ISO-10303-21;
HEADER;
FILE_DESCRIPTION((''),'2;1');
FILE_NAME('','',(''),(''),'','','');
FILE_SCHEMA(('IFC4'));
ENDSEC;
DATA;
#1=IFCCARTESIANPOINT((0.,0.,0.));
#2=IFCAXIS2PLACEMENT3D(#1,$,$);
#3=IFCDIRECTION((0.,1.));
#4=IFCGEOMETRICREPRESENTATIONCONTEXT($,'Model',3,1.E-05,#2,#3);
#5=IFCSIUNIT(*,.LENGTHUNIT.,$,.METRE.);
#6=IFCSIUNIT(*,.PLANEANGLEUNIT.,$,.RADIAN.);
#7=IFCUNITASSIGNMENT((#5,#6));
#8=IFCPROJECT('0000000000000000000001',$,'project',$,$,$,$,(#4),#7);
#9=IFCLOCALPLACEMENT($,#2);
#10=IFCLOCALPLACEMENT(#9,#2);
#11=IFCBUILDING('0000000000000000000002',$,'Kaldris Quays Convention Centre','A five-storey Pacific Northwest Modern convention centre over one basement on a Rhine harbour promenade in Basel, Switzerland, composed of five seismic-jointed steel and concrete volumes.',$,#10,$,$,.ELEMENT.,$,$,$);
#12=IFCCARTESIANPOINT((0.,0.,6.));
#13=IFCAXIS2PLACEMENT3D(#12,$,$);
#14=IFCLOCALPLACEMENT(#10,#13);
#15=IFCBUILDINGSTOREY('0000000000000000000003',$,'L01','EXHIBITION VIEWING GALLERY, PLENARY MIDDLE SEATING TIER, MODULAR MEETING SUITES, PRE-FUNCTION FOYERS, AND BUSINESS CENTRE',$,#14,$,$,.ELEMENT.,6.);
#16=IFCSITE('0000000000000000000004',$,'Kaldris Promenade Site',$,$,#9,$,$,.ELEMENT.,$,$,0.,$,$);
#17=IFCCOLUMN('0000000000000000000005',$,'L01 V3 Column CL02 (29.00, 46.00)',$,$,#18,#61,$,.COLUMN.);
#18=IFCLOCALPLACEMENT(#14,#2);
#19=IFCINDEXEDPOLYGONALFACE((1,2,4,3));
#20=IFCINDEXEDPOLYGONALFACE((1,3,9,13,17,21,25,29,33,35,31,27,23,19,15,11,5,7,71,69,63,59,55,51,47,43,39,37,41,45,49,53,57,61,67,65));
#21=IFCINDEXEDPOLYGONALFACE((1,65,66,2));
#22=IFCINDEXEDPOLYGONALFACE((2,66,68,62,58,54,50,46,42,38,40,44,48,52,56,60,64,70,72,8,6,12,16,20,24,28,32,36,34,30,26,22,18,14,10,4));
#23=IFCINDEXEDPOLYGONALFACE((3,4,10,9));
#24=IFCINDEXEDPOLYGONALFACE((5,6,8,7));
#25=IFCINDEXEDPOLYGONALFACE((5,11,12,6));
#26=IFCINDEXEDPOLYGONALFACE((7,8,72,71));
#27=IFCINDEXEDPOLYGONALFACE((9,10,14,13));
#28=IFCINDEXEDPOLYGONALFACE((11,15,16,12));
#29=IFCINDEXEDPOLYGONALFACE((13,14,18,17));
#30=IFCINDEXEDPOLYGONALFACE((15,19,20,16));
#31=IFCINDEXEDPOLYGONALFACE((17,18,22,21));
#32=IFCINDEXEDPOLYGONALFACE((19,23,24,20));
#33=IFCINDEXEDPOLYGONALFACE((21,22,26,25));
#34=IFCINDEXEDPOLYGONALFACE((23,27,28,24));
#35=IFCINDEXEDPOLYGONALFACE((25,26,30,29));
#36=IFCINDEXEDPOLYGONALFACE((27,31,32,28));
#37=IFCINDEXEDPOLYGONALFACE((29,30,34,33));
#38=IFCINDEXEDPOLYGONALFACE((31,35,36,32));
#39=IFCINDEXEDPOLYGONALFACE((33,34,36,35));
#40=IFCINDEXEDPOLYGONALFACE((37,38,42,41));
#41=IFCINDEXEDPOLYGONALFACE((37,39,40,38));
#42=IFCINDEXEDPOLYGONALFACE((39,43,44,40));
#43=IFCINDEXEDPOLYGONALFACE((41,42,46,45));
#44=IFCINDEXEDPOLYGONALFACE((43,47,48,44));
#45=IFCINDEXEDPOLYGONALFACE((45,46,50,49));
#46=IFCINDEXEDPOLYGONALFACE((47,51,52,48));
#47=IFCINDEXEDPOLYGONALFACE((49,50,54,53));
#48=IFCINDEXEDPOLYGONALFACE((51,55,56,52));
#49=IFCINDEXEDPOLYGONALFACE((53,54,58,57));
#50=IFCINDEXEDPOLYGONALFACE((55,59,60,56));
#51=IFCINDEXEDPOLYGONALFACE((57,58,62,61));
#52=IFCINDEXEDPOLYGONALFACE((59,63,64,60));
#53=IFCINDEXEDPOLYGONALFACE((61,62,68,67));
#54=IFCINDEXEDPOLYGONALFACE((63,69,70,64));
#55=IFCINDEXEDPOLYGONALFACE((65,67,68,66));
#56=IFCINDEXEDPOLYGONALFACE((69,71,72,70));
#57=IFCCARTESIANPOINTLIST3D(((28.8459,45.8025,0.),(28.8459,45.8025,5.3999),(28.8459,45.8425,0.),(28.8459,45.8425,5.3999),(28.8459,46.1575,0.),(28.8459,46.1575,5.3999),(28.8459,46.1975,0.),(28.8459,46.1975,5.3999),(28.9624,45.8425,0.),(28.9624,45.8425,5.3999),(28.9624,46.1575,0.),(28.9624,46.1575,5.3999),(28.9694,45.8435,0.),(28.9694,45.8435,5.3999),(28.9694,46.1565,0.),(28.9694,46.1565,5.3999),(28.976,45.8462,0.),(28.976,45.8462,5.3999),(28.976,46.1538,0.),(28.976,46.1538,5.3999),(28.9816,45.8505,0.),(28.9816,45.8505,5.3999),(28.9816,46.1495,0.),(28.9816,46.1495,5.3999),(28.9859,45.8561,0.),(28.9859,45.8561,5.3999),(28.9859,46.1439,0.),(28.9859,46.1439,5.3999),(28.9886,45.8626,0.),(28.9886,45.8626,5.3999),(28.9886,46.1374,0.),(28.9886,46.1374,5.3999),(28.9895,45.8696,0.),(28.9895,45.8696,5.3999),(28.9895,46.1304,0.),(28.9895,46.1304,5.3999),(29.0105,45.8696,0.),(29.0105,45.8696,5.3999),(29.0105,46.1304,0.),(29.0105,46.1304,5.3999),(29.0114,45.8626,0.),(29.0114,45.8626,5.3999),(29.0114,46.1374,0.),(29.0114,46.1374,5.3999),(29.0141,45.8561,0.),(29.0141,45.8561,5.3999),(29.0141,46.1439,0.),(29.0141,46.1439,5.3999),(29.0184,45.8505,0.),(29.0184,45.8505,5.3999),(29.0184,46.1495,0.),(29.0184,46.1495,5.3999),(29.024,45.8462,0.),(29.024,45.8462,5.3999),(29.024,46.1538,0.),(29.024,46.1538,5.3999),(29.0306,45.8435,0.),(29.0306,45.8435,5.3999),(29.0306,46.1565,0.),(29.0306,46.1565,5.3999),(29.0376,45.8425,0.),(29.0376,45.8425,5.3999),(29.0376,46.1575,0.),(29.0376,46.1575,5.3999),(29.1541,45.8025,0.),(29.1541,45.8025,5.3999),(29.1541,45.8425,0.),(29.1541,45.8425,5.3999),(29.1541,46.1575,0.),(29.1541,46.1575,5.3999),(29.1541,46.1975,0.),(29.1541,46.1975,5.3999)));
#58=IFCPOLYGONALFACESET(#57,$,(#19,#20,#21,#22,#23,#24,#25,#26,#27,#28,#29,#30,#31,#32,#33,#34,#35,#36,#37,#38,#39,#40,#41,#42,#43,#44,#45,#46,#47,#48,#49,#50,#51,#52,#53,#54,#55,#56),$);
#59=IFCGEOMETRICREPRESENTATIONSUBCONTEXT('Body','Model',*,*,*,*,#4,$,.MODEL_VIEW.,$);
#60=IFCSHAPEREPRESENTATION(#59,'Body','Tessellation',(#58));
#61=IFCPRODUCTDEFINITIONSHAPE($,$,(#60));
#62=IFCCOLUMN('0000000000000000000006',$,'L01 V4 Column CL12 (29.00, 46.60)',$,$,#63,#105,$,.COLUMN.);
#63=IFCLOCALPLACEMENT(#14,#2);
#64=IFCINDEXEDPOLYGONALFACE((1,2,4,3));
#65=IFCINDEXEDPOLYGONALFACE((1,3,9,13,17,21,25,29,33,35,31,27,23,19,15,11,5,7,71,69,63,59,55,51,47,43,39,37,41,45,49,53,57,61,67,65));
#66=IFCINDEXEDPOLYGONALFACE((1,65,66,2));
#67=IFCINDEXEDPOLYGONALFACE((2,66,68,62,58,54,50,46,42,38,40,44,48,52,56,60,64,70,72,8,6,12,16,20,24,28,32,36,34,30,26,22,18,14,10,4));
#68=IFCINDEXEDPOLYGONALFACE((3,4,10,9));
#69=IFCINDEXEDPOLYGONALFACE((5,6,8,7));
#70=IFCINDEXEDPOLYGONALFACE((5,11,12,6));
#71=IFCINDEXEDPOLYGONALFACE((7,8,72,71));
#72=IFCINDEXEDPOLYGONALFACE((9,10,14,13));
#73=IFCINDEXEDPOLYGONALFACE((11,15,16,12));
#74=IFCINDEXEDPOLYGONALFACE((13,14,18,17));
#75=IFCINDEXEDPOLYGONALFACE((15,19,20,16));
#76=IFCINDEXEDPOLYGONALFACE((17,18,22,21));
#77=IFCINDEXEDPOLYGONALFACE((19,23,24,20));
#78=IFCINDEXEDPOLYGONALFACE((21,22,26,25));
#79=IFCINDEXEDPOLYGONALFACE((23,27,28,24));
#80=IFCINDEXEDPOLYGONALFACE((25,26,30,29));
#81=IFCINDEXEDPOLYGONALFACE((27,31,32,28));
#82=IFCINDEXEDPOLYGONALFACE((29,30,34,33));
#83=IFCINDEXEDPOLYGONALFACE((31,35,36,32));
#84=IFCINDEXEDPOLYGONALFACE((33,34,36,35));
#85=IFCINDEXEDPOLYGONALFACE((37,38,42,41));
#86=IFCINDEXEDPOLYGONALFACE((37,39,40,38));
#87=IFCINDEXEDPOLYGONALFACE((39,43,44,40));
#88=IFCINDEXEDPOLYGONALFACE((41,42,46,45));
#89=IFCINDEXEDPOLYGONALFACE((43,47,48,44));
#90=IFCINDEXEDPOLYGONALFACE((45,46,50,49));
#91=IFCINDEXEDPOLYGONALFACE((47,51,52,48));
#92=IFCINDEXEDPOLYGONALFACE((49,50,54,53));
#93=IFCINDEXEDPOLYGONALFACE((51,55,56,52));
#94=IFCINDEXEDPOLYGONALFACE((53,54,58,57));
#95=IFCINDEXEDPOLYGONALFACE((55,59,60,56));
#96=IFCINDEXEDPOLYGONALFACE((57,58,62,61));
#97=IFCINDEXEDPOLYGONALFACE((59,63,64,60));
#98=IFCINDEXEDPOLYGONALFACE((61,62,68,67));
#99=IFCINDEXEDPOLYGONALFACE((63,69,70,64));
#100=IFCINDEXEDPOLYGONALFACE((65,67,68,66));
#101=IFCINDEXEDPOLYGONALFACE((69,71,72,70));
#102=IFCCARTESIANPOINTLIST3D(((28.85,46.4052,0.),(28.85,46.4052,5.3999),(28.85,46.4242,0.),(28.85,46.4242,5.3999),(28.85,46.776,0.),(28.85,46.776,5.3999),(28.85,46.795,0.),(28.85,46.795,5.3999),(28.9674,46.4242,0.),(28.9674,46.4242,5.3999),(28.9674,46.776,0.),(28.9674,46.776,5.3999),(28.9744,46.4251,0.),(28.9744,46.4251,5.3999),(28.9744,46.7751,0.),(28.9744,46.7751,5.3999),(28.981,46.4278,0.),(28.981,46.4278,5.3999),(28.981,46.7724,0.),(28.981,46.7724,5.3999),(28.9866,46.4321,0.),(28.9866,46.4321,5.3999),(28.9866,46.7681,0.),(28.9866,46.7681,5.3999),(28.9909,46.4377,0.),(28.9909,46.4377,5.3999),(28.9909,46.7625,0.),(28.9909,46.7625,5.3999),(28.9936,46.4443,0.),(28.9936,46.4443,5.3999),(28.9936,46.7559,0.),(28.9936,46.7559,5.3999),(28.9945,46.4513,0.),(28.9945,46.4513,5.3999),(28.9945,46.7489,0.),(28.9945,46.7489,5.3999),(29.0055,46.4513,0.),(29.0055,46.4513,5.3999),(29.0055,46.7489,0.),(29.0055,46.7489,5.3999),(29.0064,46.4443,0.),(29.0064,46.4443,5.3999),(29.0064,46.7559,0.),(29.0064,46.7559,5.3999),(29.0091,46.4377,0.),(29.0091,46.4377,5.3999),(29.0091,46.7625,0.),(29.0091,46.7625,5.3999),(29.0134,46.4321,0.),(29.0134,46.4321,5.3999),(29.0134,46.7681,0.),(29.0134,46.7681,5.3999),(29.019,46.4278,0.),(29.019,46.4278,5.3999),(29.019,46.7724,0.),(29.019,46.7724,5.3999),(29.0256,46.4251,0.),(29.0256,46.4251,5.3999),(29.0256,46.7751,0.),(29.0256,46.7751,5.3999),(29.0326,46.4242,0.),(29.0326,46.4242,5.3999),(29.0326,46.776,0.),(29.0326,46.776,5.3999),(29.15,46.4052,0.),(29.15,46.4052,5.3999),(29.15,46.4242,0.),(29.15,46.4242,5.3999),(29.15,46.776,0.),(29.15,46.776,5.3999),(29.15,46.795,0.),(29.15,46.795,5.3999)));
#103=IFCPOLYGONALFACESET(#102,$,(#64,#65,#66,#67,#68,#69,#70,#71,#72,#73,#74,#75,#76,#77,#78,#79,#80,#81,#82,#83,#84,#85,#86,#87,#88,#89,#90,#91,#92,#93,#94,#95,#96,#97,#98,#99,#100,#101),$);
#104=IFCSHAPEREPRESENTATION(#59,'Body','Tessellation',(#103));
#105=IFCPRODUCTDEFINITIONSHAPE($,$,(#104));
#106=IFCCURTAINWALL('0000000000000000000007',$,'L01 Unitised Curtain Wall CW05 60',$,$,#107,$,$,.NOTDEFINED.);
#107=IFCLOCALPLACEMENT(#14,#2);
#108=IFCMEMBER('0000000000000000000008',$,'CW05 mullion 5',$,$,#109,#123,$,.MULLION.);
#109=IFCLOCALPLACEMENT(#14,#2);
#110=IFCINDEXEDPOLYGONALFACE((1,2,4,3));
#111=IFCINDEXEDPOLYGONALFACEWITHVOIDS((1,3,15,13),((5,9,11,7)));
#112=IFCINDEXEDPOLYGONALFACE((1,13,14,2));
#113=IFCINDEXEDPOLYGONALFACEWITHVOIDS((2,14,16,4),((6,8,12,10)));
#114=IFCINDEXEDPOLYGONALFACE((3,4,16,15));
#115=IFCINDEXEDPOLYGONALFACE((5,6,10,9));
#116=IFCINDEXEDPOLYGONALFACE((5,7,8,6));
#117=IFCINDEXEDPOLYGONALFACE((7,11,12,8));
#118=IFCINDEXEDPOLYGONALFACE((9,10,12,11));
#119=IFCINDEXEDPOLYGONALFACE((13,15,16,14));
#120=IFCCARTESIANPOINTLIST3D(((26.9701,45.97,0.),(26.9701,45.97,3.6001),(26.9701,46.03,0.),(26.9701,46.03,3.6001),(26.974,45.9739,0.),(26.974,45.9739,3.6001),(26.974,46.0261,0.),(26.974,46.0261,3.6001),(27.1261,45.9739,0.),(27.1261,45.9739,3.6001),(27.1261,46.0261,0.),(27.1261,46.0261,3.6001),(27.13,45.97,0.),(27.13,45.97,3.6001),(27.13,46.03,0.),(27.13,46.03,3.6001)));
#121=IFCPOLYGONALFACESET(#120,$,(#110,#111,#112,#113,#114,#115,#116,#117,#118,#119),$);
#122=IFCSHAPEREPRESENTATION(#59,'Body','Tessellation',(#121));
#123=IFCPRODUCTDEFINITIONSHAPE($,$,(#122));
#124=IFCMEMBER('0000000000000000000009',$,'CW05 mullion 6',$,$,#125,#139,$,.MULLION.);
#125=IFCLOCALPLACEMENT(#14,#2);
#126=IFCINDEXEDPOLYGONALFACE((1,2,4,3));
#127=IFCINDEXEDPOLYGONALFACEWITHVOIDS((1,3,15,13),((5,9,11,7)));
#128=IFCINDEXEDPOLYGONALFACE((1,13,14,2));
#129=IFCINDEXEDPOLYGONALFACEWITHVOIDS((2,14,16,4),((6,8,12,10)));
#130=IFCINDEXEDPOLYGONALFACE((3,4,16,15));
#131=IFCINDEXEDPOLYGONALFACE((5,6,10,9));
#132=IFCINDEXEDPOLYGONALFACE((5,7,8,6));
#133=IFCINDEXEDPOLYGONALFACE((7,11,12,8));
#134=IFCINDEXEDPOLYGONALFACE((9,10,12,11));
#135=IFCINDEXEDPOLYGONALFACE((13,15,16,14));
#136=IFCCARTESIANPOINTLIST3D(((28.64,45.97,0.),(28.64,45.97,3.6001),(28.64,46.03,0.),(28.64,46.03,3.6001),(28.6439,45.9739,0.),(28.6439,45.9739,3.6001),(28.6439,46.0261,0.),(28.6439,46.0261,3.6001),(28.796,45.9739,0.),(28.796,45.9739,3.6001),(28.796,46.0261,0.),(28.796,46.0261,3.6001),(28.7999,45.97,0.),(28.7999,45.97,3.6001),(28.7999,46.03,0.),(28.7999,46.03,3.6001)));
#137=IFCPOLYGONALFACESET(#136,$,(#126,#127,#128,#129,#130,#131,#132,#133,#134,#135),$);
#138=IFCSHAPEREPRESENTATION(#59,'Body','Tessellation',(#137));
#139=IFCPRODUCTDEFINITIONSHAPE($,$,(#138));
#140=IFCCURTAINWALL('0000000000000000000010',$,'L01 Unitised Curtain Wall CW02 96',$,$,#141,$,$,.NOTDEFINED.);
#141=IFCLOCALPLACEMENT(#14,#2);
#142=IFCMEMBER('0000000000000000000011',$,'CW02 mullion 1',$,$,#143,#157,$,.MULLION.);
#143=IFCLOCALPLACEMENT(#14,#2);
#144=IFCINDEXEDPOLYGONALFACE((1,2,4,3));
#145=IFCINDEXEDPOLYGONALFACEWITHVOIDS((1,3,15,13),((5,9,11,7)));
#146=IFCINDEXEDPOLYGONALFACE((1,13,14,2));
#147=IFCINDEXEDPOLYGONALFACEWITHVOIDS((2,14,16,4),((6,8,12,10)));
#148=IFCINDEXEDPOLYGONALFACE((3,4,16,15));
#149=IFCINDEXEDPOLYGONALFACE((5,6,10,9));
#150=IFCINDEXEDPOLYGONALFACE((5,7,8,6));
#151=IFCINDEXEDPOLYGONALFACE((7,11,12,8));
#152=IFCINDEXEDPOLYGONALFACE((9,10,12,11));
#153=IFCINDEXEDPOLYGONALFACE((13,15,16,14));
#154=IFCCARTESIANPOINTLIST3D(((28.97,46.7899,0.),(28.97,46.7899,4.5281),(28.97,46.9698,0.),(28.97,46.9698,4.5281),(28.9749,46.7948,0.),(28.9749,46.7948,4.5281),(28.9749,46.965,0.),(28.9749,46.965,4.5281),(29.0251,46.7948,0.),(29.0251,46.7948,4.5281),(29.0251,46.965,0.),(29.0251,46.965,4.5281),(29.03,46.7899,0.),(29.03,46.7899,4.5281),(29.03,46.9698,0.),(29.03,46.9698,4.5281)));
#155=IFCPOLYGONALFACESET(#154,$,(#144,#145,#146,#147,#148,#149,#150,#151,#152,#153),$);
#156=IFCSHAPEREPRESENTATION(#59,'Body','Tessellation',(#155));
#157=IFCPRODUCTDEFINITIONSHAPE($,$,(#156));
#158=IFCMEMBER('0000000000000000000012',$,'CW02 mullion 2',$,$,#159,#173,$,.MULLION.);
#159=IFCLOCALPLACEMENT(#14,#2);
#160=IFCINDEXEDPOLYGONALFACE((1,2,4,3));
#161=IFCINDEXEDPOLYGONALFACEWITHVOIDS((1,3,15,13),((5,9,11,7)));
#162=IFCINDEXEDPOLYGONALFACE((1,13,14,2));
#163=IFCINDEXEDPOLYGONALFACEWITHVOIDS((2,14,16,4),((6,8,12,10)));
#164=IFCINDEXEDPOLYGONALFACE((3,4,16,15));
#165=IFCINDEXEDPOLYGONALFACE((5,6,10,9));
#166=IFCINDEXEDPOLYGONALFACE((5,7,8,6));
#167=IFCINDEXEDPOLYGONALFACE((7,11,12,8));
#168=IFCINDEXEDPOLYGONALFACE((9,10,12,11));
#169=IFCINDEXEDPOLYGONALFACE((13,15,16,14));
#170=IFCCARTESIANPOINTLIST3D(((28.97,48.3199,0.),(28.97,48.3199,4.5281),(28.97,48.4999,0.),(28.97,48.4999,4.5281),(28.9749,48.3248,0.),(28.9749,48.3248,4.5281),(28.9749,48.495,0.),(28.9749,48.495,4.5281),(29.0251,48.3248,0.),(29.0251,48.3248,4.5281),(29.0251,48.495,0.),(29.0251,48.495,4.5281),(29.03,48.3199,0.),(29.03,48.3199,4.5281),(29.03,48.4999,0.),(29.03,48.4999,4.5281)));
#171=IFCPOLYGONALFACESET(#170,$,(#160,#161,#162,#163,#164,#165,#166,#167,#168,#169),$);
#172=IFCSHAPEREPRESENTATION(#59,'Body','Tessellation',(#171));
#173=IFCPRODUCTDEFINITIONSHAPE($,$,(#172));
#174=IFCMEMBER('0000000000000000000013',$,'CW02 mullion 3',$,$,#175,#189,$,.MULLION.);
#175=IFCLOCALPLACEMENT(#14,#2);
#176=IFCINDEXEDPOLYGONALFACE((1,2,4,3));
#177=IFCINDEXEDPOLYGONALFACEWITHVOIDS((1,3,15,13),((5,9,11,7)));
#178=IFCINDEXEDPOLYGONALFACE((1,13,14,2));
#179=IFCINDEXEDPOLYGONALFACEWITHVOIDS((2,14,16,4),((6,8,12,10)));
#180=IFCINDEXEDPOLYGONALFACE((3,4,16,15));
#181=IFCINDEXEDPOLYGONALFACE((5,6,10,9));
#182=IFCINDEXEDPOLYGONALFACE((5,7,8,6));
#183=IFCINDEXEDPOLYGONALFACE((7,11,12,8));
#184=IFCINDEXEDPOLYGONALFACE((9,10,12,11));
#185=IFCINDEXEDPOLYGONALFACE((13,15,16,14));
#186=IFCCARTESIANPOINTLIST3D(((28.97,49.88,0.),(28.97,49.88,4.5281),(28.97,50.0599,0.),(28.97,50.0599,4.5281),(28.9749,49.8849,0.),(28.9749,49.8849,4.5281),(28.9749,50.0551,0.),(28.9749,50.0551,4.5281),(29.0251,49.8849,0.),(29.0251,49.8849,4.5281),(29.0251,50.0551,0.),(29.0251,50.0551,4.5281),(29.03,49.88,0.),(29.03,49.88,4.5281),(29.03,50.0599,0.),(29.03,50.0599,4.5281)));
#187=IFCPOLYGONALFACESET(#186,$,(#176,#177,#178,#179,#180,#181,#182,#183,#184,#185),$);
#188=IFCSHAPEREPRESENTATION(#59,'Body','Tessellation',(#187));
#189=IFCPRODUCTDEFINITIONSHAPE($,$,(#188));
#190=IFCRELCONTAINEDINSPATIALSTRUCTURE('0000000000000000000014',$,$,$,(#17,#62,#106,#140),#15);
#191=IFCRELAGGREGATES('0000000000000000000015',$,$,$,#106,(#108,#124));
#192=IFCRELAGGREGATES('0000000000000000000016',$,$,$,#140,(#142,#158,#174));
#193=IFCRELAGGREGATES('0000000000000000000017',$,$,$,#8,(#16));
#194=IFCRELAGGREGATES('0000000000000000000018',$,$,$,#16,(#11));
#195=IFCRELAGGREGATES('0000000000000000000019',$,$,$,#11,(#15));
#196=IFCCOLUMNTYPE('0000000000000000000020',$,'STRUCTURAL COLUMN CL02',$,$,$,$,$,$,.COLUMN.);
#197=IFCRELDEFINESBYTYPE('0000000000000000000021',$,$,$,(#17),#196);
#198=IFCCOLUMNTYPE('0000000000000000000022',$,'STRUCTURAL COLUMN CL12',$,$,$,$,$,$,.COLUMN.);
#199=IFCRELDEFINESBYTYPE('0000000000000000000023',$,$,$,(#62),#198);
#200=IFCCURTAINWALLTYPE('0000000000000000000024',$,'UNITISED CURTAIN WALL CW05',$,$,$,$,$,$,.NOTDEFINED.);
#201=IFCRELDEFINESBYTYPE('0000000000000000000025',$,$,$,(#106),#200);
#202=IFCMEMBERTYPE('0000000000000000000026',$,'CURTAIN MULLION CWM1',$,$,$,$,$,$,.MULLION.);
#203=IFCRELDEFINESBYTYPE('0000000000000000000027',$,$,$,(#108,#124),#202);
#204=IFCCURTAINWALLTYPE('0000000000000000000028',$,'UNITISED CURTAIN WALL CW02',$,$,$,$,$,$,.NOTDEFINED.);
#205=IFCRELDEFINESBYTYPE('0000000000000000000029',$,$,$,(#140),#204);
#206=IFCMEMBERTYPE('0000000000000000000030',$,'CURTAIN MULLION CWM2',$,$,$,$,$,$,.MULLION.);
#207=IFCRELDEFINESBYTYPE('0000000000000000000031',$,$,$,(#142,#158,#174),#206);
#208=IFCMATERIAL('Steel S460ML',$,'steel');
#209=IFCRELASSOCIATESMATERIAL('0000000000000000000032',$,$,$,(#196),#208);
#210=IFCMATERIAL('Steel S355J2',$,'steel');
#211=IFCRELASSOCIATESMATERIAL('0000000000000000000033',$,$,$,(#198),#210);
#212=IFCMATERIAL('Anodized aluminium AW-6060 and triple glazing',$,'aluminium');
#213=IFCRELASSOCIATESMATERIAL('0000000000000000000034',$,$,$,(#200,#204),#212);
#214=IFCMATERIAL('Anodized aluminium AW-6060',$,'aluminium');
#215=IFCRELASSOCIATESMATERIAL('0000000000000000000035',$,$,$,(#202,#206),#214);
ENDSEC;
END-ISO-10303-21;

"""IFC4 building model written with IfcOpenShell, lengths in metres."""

from ifc_helpers import new_model, si_unit, direction, frame, origin, origin_2d, place, context, subcontext, project, spatial, hollow_rectangle, i_section, extrude, material, material_profile, profile_set, type_object, element, aggregate, save


model = new_model("IFC4")

# Units and contexts
model_context = context("Model", 3, precision=1e-05, world=origin(), true_north=direction((0.0, 1.0)))
body_context = subcontext(model_context, "Body", "Model", "MODEL_VIEW")
ifc_project = project(units=[si_unit("LENGTHUNIT", "METRE"), si_unit("PLANEANGLEUNIT", "RADIAN")], contexts=[model_context])

# Site, building, storey
site_placement = place(None, origin())
site = spatial("IfcSite", under=ifc_project, at=site_placement, Name="Kaldris Promenade Site", CompositionType="ELEMENT", RefElevation=0.0)
building_placement = place(site_placement, origin())
building = spatial("IfcBuilding", under=site, at=building_placement, Name="Kaldris Quays Convention Centre", Description="A five-storey Pacific Northwest Modern convention centre over one basement on a Rhine harbour promenade in Basel, Switzerland, composed of five seismic-jointed steel and concrete volumes.", CompositionType="ELEMENT")
storey_placement = place(building_placement, frame((0.0, 0.0, 6.0)))
storey = spatial("IfcBuildingStorey", under=building, at=storey_placement, Name="L01", Description="EXHIBITION VIEWING GALLERY, PLENARY MIDDLE SEATING TIER, MODULAR MEETING SUITES, PRE-FUNCTION FOYERS, AND BUSINESS CENTRE", CompositionType="ELEMENT", Elevation=6.0)

# Columns
ifc_material_1 = material(Name="Steel S460ML", Category="steel")
ifc_material_profile_1 = material_profile(ifc_material_1, i_section(OverallWidth=0.3081, OverallDepth=0.395, WebThickness=0.021, FlangeThickness=0.04, FilletRadius=0.0271, at=origin_2d()), Name="HEM 360")
ifc_profile_set_1 = profile_set([ifc_material_profile_1], Name="Steel S460ML")
column_type_1 = type_object("IfcColumnType", Name="STRUCTURAL COLUMN CL02", PredefinedType="COLUMN", material=ifc_profile_set_1)
column_1_placement = place(storey_placement, frame((29.0, 46.0, 0.0), z_axis=(0.0, 0.0, 1.0), x_axis=(1.0, 0.0, 0.0)))
element("IfcColumn", 1, at=column_1_placement, inside=storey, type_object=column_type_1, Name="L01 V3 Column CL02 (29.00, 46.00)", PredefinedType="COLUMN", context=body_context, shape_type="SweptSolid", body=[
    extrude(i_section(OverallWidth=0.3081, OverallDepth=0.395, WebThickness=0.021, FlangeThickness=0.04, FilletRadius=0.0271, at=origin_2d()), origin(), (0.0, 0.0, 1.0), 5.3999),
])
ifc_material_2 = material(Name="Steel S355J2", Category="steel")
ifc_material_profile_2 = material_profile(ifc_material_2, i_section(OverallWidth=0.3, OverallDepth=0.3899, WebThickness=0.011, FlangeThickness=0.019, FilletRadius=0.0271, at=origin_2d()), Name="HEA 400")
ifc_profile_set_2 = profile_set([ifc_material_profile_2], Name="Steel S355J2")
column_type_2 = type_object("IfcColumnType", Name="STRUCTURAL COLUMN CL12", PredefinedType="COLUMN", material=ifc_profile_set_2)
column_2_placement = place(storey_placement, frame((29.0, 46.6001, 0.0), z_axis=(0.0, 0.0, 1.0), x_axis=(1.0, 0.0, 0.0)))
element("IfcColumn", 2, at=column_2_placement, inside=storey, type_object=column_type_2, Name="L01 V4 Column CL12 (29.00, 46.60)", PredefinedType="COLUMN", context=body_context, shape_type="SweptSolid", body=[
    extrude(i_section(OverallWidth=0.3, OverallDepth=0.3899, WebThickness=0.011, FlangeThickness=0.019, FilletRadius=0.0271, at=origin_2d()), origin(), (0.0, 0.0, 1.0), 5.3999),
])

# Curtain walls, members
ifc_material_3 = material(Name="Anodized aluminium AW-6060 and triple glazing", Category="aluminium")
curtain_wall_type_1 = type_object("IfcCurtainWallType", Name="UNITISED CURTAIN WALL CW05", PredefinedType="NOTDEFINED", material=ifc_material_3)
curtain_wall_1_placement = place(storey_placement, origin())
curtain_wall_1 = element("IfcCurtainWall", 3, at=curtain_wall_1_placement, inside=storey, type_object=curtain_wall_type_1, Name="L01 Unitised Curtain Wall CW05 60", PredefinedType="NOTDEFINED")
ifc_material_4 = material(Name="Anodized aluminium AW-6060", Category="aluminium")
ifc_material_profile_3 = material_profile(ifc_material_4, hollow_rectangle(XDim=0.0601, YDim=0.1599, WallThickness=0.0039, at=origin_2d()), Name="RHS 160x60x4")
ifc_profile_set_3 = profile_set([ifc_material_profile_3], Name="Anodized aluminium AW-6060")
member_type_1 = type_object("IfcMemberType", Name="CURTAIN MULLION CWM1", PredefinedType="MULLION", material=ifc_profile_set_3)
member_1_placement = place(storey_placement, frame((27.05, 46.0, 0.0), z_axis=(0.0, 0.0, 1.0), x_axis=(0.0, 1.0, 0.0)))
member_1 = element("IfcMember", 4, at=member_1_placement, type_object=member_type_1, Name="CW05 mullion 5", PredefinedType="MULLION", context=body_context, shape_type="SweptSolid", body=[
    extrude(hollow_rectangle(XDim=0.0601, YDim=0.1599, WallThickness=0.0039, at=origin_2d()), origin(), (0.0, 0.0, 1.0), 3.6001),
])
member_2_placement = place(storey_placement, frame((28.72, 46.0, 0.0), z_axis=(0.0, 0.0, 1.0), x_axis=(0.0, 1.0, 0.0)))
member_2 = element("IfcMember", 5, at=member_2_placement, type_object=member_type_1, Name="CW05 mullion 6", PredefinedType="MULLION", context=body_context, shape_type="SweptSolid", body=[
    extrude(hollow_rectangle(XDim=0.0601, YDim=0.1599, WallThickness=0.0039, at=origin_2d()), origin(), (0.0, 0.0, 1.0), 3.6001),
])
curtain_wall_type_2 = type_object("IfcCurtainWallType", Name="UNITISED CURTAIN WALL CW02", PredefinedType="NOTDEFINED", material=ifc_material_3)
curtain_wall_2_placement = place(storey_placement, origin())
curtain_wall_2 = element("IfcCurtainWall", 6, at=curtain_wall_2_placement, inside=storey, type_object=curtain_wall_type_2, Name="L01 Unitised Curtain Wall CW02 96", PredefinedType="NOTDEFINED")
ifc_material_profile_4 = material_profile(ifc_material_4, hollow_rectangle(XDim=0.0601, YDim=0.1799, WallThickness=0.0049, at=origin_2d()), Name="RHS 180x60x5")
ifc_profile_set_4 = profile_set([ifc_material_profile_4], Name="Anodized aluminium AW-6060")
member_type_2 = type_object("IfcMemberType", Name="CURTAIN MULLION CWM2", PredefinedType="MULLION", material=ifc_profile_set_4)
member_3_placement = place(storey_placement, frame((29.0, 46.8799, 0.0), z_axis=(0.0, 0.0, 1.0), x_axis=(-1.0, 0.0, 0.0)))
member_3 = element("IfcMember", 7, at=member_3_placement, type_object=member_type_2, Name="CW02 mullion 1", PredefinedType="MULLION", context=body_context, shape_type="SweptSolid", body=[
    extrude(hollow_rectangle(XDim=0.0601, YDim=0.1799, WallThickness=0.0049, at=origin_2d()), origin(), (0.0, 0.0, 1.0), 4.5281),
])
member_4_placement = place(storey_placement, frame((29.0, 48.4099, 0.0), z_axis=(0.0, 0.0, 1.0), x_axis=(-1.0, 0.0, 0.0)))
member_4 = element("IfcMember", 8, at=member_4_placement, type_object=member_type_2, Name="CW02 mullion 2", PredefinedType="MULLION", context=body_context, shape_type="SweptSolid", body=[
    extrude(hollow_rectangle(XDim=0.0601, YDim=0.1799, WallThickness=0.0049, at=origin_2d()), origin(), (0.0, 0.0, 1.0), 4.5281),
])
member_5_placement = place(storey_placement, frame((29.0, 49.97, 0.0), z_axis=(0.0, 0.0, 1.0), x_axis=(-1.0, 0.0, 0.0)))
member_5 = element("IfcMember", 9, at=member_5_placement, type_object=member_type_2, Name="CW02 mullion 3", PredefinedType="MULLION", context=body_context, shape_type="SweptSolid", body=[
    extrude(hollow_rectangle(XDim=0.0601, YDim=0.1799, WallThickness=0.0049, at=origin_2d()), origin(), (0.0, 0.0, 1.0), 4.5281),
])

aggregate(curtain_wall_1, [member_1, member_2])
aggregate(curtain_wall_2, [member_3, member_4, member_5])

save(model, "model.ifc")
